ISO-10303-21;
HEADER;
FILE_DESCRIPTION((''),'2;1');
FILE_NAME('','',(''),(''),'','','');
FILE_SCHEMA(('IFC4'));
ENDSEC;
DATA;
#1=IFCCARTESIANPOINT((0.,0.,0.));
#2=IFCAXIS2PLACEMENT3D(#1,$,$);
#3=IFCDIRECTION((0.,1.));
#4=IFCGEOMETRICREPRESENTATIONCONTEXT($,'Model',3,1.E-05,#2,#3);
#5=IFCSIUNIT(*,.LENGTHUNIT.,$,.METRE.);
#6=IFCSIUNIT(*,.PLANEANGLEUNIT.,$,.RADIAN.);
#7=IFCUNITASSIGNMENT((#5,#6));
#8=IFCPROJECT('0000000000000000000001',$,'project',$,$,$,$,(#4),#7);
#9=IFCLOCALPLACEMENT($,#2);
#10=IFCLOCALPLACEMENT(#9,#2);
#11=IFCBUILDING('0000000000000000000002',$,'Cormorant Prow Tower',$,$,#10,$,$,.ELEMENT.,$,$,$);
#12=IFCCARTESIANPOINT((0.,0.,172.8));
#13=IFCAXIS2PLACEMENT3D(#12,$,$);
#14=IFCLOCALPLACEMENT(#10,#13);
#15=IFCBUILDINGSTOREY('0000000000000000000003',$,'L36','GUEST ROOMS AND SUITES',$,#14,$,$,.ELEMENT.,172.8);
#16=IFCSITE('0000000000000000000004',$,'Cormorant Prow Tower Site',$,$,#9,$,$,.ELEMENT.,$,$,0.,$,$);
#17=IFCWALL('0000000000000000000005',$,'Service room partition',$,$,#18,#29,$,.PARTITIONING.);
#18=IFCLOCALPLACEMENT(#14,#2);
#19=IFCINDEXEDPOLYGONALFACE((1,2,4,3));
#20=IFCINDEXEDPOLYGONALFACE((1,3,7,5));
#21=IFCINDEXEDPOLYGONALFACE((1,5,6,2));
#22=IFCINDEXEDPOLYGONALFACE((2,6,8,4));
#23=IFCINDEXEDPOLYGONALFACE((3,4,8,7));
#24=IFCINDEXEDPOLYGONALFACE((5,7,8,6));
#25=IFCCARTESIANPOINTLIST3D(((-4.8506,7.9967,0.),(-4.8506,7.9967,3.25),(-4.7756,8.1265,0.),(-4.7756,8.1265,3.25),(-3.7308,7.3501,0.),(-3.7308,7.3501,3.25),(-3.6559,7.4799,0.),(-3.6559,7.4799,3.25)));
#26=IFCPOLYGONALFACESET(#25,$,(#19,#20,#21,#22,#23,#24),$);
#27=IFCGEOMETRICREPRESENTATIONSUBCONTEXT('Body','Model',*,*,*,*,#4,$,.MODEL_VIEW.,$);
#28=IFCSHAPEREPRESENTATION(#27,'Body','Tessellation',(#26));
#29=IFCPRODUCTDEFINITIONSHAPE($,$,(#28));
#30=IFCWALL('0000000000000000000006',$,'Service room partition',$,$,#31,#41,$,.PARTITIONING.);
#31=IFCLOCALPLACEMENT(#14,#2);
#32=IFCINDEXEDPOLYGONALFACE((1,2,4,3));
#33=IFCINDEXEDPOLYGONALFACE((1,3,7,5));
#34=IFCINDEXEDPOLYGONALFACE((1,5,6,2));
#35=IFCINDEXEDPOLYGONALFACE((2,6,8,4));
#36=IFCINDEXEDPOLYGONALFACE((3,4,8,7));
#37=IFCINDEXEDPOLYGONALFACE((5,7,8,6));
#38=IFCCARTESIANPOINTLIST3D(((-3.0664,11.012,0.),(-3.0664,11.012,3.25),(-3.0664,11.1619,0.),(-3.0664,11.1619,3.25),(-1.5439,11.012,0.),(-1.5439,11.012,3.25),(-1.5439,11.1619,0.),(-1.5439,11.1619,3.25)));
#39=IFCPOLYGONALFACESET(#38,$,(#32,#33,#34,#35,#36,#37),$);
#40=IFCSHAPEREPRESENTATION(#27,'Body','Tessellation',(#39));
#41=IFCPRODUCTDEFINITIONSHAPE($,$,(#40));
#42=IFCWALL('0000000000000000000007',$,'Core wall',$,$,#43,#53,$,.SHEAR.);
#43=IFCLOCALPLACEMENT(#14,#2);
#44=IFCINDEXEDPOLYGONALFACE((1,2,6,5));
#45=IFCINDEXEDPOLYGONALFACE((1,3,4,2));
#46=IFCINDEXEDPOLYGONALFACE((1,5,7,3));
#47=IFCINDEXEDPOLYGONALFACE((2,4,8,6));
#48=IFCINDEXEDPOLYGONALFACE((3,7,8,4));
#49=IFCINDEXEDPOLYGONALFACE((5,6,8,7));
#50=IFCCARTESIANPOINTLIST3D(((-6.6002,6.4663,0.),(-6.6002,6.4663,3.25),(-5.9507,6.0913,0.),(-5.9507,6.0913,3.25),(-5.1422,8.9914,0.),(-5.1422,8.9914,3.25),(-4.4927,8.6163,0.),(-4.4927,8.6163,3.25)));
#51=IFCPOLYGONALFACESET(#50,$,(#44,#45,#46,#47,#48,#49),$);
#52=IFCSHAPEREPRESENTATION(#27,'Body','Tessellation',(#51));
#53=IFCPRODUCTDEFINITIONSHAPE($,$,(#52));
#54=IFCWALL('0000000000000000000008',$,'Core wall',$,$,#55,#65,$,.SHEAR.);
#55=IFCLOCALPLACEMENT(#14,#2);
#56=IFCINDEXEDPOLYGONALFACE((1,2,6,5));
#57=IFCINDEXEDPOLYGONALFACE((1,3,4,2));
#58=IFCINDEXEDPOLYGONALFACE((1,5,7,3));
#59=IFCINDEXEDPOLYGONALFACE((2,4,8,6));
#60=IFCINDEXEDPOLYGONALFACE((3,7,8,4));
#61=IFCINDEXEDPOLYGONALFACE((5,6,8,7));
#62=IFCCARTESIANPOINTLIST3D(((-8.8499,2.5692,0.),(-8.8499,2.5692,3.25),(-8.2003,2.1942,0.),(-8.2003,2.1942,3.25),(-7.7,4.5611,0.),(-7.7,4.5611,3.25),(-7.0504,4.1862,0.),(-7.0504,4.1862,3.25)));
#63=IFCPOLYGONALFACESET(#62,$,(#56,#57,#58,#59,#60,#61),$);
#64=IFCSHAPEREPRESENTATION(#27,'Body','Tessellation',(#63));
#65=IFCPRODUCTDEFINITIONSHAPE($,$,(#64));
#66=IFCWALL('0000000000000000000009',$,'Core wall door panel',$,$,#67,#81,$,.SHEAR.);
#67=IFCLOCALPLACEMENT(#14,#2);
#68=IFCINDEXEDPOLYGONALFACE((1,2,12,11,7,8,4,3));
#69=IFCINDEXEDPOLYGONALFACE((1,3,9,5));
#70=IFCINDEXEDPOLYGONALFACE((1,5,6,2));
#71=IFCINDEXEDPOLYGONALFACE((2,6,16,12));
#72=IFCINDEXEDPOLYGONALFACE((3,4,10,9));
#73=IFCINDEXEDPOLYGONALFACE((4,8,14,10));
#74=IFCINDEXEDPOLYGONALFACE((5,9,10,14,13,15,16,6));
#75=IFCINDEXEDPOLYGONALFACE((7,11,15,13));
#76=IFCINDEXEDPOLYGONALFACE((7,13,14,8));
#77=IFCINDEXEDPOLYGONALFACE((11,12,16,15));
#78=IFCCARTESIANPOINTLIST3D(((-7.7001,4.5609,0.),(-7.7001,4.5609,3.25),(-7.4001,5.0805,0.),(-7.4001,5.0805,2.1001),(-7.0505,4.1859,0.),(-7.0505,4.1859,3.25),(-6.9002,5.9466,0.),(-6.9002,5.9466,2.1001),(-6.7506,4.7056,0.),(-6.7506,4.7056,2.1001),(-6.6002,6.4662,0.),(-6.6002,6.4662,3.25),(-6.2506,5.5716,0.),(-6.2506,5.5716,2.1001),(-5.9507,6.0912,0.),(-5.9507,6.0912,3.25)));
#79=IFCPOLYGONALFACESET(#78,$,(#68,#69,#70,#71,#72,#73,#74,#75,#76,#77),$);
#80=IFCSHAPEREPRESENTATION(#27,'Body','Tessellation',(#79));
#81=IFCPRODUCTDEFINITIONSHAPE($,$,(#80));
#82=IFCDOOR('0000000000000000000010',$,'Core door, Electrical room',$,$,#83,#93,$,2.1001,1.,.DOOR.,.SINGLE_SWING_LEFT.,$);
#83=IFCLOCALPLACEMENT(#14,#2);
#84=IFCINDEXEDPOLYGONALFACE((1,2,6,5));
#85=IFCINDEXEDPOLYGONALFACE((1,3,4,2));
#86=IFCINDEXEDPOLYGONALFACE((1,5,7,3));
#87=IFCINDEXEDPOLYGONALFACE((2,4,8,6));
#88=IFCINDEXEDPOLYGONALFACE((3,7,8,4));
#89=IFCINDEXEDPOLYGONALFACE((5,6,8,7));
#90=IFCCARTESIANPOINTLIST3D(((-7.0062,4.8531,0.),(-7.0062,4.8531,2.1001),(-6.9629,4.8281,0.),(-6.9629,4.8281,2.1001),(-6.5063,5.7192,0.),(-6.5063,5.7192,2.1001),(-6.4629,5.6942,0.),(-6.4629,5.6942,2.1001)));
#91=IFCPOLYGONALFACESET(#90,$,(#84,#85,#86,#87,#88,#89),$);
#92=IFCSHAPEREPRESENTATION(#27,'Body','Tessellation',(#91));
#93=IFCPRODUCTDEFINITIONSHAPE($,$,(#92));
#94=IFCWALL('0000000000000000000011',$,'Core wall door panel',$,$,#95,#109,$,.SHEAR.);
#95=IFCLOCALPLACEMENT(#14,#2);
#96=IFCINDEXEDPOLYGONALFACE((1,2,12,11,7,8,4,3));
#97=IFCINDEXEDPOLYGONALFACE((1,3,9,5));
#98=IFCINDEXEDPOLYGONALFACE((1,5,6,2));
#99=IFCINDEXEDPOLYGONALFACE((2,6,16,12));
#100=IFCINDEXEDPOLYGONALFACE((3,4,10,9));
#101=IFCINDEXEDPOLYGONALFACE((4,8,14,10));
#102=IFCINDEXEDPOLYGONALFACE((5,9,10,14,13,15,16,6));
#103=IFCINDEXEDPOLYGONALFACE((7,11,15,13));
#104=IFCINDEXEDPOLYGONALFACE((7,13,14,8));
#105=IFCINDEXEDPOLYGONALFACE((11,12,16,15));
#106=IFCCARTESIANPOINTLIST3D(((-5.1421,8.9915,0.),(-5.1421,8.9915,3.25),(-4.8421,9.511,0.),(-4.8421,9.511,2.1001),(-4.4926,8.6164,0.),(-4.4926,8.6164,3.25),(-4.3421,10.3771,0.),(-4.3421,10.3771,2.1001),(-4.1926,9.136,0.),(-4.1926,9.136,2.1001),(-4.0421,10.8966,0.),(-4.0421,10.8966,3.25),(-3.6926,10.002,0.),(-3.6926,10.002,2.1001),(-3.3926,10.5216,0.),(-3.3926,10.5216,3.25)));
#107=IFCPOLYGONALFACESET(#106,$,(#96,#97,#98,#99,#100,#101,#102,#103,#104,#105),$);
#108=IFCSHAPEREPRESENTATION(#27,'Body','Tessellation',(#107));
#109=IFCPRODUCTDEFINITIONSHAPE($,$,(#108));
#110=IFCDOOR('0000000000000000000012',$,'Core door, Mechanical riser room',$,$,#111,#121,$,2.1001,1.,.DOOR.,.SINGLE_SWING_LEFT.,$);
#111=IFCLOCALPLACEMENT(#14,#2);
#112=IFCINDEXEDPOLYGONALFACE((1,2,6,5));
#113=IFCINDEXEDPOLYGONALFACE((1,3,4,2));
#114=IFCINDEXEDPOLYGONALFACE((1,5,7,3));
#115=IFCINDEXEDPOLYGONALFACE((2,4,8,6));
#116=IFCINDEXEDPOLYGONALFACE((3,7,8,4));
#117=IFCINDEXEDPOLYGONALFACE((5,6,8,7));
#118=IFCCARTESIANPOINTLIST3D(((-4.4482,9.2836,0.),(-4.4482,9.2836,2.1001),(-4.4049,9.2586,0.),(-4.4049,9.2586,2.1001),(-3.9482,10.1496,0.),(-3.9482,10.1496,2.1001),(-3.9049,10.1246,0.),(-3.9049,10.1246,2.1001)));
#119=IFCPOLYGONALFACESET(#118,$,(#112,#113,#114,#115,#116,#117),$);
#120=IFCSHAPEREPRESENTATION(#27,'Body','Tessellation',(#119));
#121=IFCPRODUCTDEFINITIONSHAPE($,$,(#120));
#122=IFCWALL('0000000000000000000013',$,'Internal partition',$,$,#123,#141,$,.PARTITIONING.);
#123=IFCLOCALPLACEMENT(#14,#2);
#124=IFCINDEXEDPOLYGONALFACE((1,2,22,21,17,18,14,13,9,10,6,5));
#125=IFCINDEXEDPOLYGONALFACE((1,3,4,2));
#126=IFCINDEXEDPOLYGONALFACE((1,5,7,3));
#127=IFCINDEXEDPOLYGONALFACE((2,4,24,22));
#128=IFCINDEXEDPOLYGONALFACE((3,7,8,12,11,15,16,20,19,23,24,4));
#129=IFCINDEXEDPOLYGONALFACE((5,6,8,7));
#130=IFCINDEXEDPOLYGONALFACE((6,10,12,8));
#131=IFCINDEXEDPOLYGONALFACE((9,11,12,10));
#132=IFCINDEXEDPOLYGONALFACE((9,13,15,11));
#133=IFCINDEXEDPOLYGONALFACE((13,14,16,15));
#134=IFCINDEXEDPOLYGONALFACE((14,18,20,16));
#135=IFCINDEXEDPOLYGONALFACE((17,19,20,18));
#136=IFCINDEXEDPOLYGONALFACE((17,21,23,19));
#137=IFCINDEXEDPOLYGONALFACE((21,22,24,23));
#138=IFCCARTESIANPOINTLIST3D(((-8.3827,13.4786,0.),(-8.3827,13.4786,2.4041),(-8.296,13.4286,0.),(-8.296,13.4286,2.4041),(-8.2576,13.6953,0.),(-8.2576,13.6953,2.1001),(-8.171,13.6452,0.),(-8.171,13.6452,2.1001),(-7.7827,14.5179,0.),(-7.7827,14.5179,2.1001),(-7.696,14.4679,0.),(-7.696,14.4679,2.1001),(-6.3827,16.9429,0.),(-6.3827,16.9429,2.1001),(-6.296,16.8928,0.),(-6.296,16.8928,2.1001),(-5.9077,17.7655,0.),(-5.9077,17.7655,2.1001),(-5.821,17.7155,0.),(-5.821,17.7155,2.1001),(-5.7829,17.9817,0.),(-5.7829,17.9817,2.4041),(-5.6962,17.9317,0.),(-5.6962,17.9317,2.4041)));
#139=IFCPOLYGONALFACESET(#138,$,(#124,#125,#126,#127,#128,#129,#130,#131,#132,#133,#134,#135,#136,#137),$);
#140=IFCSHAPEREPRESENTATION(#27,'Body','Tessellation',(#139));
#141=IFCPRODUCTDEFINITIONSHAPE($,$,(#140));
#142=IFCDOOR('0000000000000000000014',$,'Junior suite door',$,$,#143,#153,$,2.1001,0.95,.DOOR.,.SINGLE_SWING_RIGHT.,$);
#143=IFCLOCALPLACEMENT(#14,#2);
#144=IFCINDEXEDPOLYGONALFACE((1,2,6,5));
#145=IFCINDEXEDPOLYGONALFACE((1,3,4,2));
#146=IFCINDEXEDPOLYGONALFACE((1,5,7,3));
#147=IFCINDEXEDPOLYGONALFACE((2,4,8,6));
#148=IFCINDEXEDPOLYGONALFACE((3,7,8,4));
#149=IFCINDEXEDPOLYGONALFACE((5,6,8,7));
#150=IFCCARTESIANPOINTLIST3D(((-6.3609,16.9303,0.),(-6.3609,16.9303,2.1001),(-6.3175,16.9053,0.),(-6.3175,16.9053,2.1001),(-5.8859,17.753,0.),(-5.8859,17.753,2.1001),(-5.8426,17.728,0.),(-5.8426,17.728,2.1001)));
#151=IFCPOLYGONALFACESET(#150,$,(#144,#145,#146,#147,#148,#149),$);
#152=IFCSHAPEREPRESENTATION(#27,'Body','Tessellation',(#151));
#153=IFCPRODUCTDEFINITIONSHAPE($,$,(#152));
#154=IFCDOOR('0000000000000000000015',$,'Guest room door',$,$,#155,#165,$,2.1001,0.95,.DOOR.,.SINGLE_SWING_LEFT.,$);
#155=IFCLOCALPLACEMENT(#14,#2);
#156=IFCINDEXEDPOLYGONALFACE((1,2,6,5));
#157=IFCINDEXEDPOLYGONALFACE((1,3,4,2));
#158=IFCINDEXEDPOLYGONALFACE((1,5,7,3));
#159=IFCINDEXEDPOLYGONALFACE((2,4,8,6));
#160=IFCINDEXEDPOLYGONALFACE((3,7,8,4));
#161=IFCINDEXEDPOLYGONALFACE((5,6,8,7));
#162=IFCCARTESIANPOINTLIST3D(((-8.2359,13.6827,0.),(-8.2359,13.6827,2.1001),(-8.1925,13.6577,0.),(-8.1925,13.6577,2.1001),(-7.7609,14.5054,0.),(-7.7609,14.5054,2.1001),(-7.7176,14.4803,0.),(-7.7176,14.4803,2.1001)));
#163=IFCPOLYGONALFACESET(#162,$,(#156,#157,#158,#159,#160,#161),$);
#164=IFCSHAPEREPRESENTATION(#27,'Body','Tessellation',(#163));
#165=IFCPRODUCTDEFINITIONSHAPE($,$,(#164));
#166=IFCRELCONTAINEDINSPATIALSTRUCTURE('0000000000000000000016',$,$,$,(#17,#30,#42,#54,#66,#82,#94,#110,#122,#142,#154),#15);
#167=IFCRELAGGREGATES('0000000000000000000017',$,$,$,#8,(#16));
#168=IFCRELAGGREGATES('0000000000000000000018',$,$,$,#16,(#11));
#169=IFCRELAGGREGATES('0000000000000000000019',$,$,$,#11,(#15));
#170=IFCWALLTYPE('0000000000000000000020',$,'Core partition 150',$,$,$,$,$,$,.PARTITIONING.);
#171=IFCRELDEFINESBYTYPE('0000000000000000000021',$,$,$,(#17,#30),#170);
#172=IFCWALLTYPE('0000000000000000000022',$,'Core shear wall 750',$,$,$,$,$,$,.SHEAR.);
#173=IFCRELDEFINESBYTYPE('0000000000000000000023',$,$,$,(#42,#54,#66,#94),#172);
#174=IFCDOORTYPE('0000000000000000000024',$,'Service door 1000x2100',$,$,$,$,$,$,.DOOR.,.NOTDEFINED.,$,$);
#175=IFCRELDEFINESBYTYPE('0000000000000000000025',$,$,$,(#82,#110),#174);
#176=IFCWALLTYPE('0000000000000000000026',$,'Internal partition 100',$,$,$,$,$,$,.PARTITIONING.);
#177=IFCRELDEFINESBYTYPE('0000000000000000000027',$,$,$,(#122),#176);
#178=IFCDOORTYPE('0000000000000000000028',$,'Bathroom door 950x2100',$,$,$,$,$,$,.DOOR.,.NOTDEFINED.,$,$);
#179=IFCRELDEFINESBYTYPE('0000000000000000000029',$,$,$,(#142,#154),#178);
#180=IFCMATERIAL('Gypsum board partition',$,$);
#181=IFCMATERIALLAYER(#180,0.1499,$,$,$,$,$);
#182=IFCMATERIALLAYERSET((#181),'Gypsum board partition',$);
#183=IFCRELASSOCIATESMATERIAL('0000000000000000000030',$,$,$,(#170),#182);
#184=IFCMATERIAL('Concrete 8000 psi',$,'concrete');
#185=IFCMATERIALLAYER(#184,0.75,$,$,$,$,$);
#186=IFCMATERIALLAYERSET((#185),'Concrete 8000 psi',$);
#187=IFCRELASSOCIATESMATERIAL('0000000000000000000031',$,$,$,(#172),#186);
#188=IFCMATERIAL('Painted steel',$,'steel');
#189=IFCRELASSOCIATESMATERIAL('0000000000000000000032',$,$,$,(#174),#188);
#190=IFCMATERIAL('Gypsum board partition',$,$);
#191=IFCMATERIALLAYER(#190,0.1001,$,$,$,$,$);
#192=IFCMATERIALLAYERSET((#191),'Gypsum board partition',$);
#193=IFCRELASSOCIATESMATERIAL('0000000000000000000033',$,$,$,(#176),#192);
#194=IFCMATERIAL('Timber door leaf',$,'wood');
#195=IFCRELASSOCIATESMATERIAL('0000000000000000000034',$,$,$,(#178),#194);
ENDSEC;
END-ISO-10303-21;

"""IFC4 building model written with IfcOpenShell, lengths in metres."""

from ifc_helpers import new_model, si_unit, direction, frame, frame_2d, origin, place, context, subcontext, project, spatial, rectangle, extrude, material, layer, layer_set, type_object, element, fill, save


model = new_model("IFC4")

# Units and contexts
model_context = context("Model", 3, precision=1e-05, world=origin(), true_north=direction((0.0, 1.0)))
body_context = subcontext(model_context, "Body", "Model", "MODEL_VIEW")
ifc_project = project(units=[si_unit("LENGTHUNIT", "METRE"), si_unit("PLANEANGLEUNIT", "RADIAN")], contexts=[model_context])

# Site, building, storey
site_placement = place(None, origin())
site = spatial("IfcSite", under=ifc_project, at=site_placement, Name="Cormorant Prow Tower Site", CompositionType="ELEMENT", RefElevation=0.0)
building_placement = place(site_placement, origin())
building = spatial("IfcBuilding", under=site, at=building_placement, Name="Cormorant Prow Tower", CompositionType="ELEMENT")
storey_placement = place(building_placement, frame((0.0, 0.0, 172.8)))
storey = spatial("IfcBuildingStorey", under=building, at=storey_placement, Name="L36", Description="GUEST ROOMS AND SUITES", CompositionType="ELEMENT", Elevation=172.8)

# Walls
ifc_material_1 = material(Name="Gypsum board partition")
ifc_layer_1 = layer(ifc_material_1, 0.1499)
ifc_layer_set_1 = layer_set([ifc_layer_1], Name="Gypsum board partition")
wall_type_1 = type_object("IfcWallType", Name="Core partition 150", PredefinedType="PARTITIONING", material=ifc_layer_set_1)
wall_1_placement = place(storey_placement, frame((-3.6934, 7.415, 0.0), z_axis=(0.0, 0.0, 1.0), x_axis=(-0.866003, 0.500038, 0.0)))
element("IfcWall", 1, at=wall_1_placement, inside=storey, type_object=wall_type_1, Name="Service room partition", PredefinedType="PARTITIONING", context=body_context, shape_type="SweptSolid", body=[
    extrude(rectangle(XDim=1.293, YDim=0.1499, at=frame_2d((0.6465, 0.0))), origin(), (0.0, 0.0, 1.0), 3.25),
])
wall_2_placement = place(storey_placement, frame((-1.5439, 11.0869, 0.0), z_axis=(0.0, 0.0, 1.0), x_axis=(-1.0, 0.0, 0.0)))
element("IfcWall", 2, at=wall_2_placement, inside=storey, type_object=wall_type_1, Name="Service room partition", PredefinedType="PARTITIONING", context=body_context, shape_type="SweptSolid", body=[
    extrude(rectangle(XDim=1.5225, YDim=0.1499, at=frame_2d((0.7612, 0.0))), origin(), (0.0, 0.0, 1.0), 3.25),
])
ifc_material_2 = material(Name="Concrete 8000 psi", Category="concrete")
ifc_layer_2 = layer(ifc_material_2, 0.75)
ifc_layer_set_2 = layer_set([ifc_layer_2], Name="Concrete 8000 psi")
wall_type_2 = type_object("IfcWallType", Name="Core shear wall 750", PredefinedType="SHEAR", material=ifc_layer_set_2)
wall_3_placement = place(storey_placement, frame((-4.8174, 8.804, 0.0), z_axis=(0.0, 0.0, 1.0), x_axis=(-0.500029, -0.866009, 0.0)))
element("IfcWall", 3, at=wall_3_placement, inside=storey, type_object=wall_type_2, Name="Core wall", PredefinedType="SHEAR", context=body_context, shape_type="SweptSolid", body=[
    extrude(rectangle(XDim=2.9158, YDim=0.75, at=frame_2d((1.458, 0.0))), origin(), (0.0, 0.0, 1.0), 3.25),
])
wall_4_placement = place(storey_placement, frame((-7.3752, 4.3735, 0.0), z_axis=(0.0, 0.0, 1.0), x_axis=(-0.499952, -0.866053, 0.0)))
element("IfcWall", 4, at=wall_4_placement, inside=storey, type_object=wall_type_2, Name="Core wall", PredefinedType="SHEAR", context=body_context, shape_type="SweptSolid", body=[
    extrude(rectangle(XDim=2.3, YDim=0.75, at=frame_2d((1.1499, 0.0))), origin(), (0.0, 0.0, 1.0), 3.25),
])

# Walls, openings, doors
wall_5_placement = place(storey_placement, frame((-6.2754, 6.2788, 0.0), z_axis=(0.0, 0.0, 1.0), x_axis=(-0.499947, -0.866056, 0.0)))
wall_5 = element("IfcWall", 5, at=wall_5_placement, inside=storey, type_object=wall_type_2, Name="Core wall door panel", PredefinedType="SHEAR", context=body_context, shape_type="SweptSolid", body=[
    extrude(rectangle(XDim=2.2, YDim=0.75, at=frame_2d((1.1001, 0.0))), origin(), (0.0, 0.0, 1.0), 3.25),
])
opening_1_placement = place(wall_5_placement, frame((0.6001, 0.0, 0.0)))
opening_1 = element("IfcOpeningElement", 6, at=opening_1_placement, cuts=wall_5, PredefinedType="OPENING", context=body_context, shape_type="SweptSolid", body=[
    extrude(rectangle(XDim=1.0, YDim=2.1001, at=frame_2d((0.5, 1.05))), frame((0.0, 0.385, 0.0), z_axis=(0.0, -1.0, 0.0), x_axis=(1.0, 0.0, 0.0)), (0.0, 0.0, 1.0), 0.77),
])
ifc_material_3 = material(Name="Painted steel", Category="steel")
door_type_1 = type_object("IfcDoorType", Name="Service door 1000x2100", OperationType="NOTDEFINED", PredefinedType="DOOR", material=ifc_material_3)
door_1_placement = place(opening_1_placement, origin())
door_1 = element("IfcDoor", 7, at=door_1_placement, inside=storey, type_object=door_type_1, Name="Core door, Electrical room", OperationType="SINGLE_SWING_LEFT", OverallHeight=2.1001, OverallWidth=1.0, PredefinedType="DOOR", context=body_context, shape_type="SweptSolid", body=[
    extrude(rectangle(XDim=1.0, YDim=2.1001, at=frame_2d((0.5, 1.05))), frame((0.0, 0.1299, 0.0), z_axis=(0.0, -1.0, 0.0), x_axis=(1.0, 0.0, 0.0)), (0.0, 0.0, 1.0), 0.05),
])
fill(opening_1, door_1)
wall_6_placement = place(storey_placement, frame((-3.7173, 10.7092, 0.0), z_axis=(0.0, 0.0, 1.0), x_axis=(-0.50003, -0.866008, 0.0)))
wall_6 = element("IfcWall", 8, at=wall_6_placement, inside=storey, type_object=wall_type_2, Name="Core wall door panel", PredefinedType="SHEAR", context=body_context, shape_type="SweptSolid", body=[
    extrude(rectangle(XDim=2.2, YDim=0.75, at=frame_2d((1.1001, 0.0))), origin(), (0.0, 0.0, 1.0), 3.25),
])
opening_2_placement = place(wall_6_placement, frame((0.6001, 0.0, 0.0)))
opening_2 = element("IfcOpeningElement", 9, at=opening_2_placement, cuts=wall_6, PredefinedType="OPENING", context=body_context, shape_type="SweptSolid", body=[
    extrude(rectangle(XDim=1.0, YDim=2.1001, at=frame_2d((0.5, 1.05))), frame((0.0, 0.385, 0.0), z_axis=(0.0, -1.0, 0.0), x_axis=(1.0, 0.0, 0.0)), (0.0, 0.0, 1.0), 0.77),
])
door_2_placement = place(opening_2_placement, origin())
door_2 = element("IfcDoor", 10, at=door_2_placement, inside=storey, type_object=door_type_1, Name="Core door, Mechanical riser room", OperationType="SINGLE_SWING_LEFT", OverallHeight=2.1001, OverallWidth=1.0, PredefinedType="DOOR", context=body_context, shape_type="SweptSolid", body=[
    extrude(rectangle(XDim=1.0, YDim=2.1001, at=frame_2d((0.5, 1.05))), frame((0.0, 0.1299, 0.0), z_axis=(0.0, -1.0, 0.0), x_axis=(1.0, 0.0, 0.0)), (0.0, 0.0, 1.0), 0.05),
])
fill(opening_2, door_2)

# Wall, openings, doors
ifc_material_4 = material(Name="Gypsum board partition")
ifc_layer_3 = layer(ifc_material_4, 0.1001)
ifc_layer_set_3 = layer_set([ifc_layer_3], Name="Gypsum board partition")
wall_type_3 = type_object("IfcWallType", Name="Internal partition 100", PredefinedType="PARTITIONING", material=ifc_layer_set_3)
wall_7_placement = place(storey_placement, frame((-8.3394, 13.4536, 0.0), z_axis=(0.0, 0.0, 1.0), x_axis=(0.499992, 0.86603, 0.0)))
wall_7 = element("IfcWall", 11, at=wall_7_placement, inside=storey, type_object=wall_type_3, Name="Internal partition", PredefinedType="PARTITIONING", context=body_context, shape_type="SweptSolid", body=[
    extrude(rectangle(XDim=5.1997, YDim=0.1001, at=frame_2d((2.5999, 0.0))), origin(), (0.0, 0.0, 1.0), 2.4041),
])
opening_3_placement = place(wall_7_placement, frame((4.0, 0.0, 0.0)))
opening_3 = element("IfcOpeningElement", 12, at=opening_3_placement, cuts=wall_7, PredefinedType="OPENING", context=body_context, shape_type="SweptSolid", body=[
    extrude(rectangle(XDim=0.95, YDim=2.1001, at=frame_2d((0.4751, 1.05))), frame((0.0, 0.0601, 0.0), z_axis=(0.0, -1.0, 0.0), x_axis=(1.0, 0.0, 0.0)), (0.0, 0.0, 1.0), 0.1201),
])
opening_4_placement = place(wall_7_placement, frame((0.25, 0.0, 0.0)))
opening_4 = element("IfcOpeningElement", 13, at=opening_4_placement, cuts=wall_7, PredefinedType="OPENING", context=body_context, shape_type="SweptSolid", body=[
    extrude(rectangle(XDim=0.95, YDim=2.1001, at=frame_2d((0.4751, 1.05))), frame((0.0, 0.0601, 0.0), z_axis=(0.0, -1.0, 0.0), x_axis=(1.0, 0.0, 0.0)), (0.0, 0.0, 1.0), 0.1201),
])
ifc_material_5 = material(Name="Timber door leaf", Category="wood")
door_type_2 = type_object("IfcDoorType", Name="Bathroom door 950x2100", OperationType="NOTDEFINED", PredefinedType="DOOR", material=ifc_material_5)
door_3_placement = place(opening_3_placement, origin())
door_3 = element("IfcDoor", 14, at=door_3_placement, inside=storey, type_object=door_type_2, Name="Junior suite door", OperationType="SINGLE_SWING_RIGHT", OverallHeight=2.1001, OverallWidth=0.95, PredefinedType="DOOR", context=body_context, shape_type="SweptSolid", body=[
    extrude(rectangle(XDim=0.95, YDim=2.1001, at=frame_2d((0.4751, 1.05))), frame((0.0, 0.0249, 0.0), z_axis=(0.0, -1.0, 0.0), x_axis=(1.0, 0.0, 0.0)), (0.0, 0.0, 1.0), 0.05),
])
fill(opening_3, door_3)
door_4_placement = place(opening_4_placement, origin())
door_4 = element("IfcDoor", 15, at=door_4_placement, inside=storey, type_object=door_type_2, Name="Guest room door", OperationType="SINGLE_SWING_LEFT", OverallHeight=2.1001, OverallWidth=0.95, PredefinedType="DOOR", context=body_context, shape_type="SweptSolid", body=[
    extrude(rectangle(XDim=0.95, YDim=2.1001, at=frame_2d((0.4751, 1.05))), frame((0.0, 0.0249, 0.0), z_axis=(0.0, -1.0, 0.0), x_axis=(1.0, 0.0, 0.0)), (0.0, 0.0, 1.0), 0.05),
])
fill(opening_4, door_4)

save(model, "model.ifc")
